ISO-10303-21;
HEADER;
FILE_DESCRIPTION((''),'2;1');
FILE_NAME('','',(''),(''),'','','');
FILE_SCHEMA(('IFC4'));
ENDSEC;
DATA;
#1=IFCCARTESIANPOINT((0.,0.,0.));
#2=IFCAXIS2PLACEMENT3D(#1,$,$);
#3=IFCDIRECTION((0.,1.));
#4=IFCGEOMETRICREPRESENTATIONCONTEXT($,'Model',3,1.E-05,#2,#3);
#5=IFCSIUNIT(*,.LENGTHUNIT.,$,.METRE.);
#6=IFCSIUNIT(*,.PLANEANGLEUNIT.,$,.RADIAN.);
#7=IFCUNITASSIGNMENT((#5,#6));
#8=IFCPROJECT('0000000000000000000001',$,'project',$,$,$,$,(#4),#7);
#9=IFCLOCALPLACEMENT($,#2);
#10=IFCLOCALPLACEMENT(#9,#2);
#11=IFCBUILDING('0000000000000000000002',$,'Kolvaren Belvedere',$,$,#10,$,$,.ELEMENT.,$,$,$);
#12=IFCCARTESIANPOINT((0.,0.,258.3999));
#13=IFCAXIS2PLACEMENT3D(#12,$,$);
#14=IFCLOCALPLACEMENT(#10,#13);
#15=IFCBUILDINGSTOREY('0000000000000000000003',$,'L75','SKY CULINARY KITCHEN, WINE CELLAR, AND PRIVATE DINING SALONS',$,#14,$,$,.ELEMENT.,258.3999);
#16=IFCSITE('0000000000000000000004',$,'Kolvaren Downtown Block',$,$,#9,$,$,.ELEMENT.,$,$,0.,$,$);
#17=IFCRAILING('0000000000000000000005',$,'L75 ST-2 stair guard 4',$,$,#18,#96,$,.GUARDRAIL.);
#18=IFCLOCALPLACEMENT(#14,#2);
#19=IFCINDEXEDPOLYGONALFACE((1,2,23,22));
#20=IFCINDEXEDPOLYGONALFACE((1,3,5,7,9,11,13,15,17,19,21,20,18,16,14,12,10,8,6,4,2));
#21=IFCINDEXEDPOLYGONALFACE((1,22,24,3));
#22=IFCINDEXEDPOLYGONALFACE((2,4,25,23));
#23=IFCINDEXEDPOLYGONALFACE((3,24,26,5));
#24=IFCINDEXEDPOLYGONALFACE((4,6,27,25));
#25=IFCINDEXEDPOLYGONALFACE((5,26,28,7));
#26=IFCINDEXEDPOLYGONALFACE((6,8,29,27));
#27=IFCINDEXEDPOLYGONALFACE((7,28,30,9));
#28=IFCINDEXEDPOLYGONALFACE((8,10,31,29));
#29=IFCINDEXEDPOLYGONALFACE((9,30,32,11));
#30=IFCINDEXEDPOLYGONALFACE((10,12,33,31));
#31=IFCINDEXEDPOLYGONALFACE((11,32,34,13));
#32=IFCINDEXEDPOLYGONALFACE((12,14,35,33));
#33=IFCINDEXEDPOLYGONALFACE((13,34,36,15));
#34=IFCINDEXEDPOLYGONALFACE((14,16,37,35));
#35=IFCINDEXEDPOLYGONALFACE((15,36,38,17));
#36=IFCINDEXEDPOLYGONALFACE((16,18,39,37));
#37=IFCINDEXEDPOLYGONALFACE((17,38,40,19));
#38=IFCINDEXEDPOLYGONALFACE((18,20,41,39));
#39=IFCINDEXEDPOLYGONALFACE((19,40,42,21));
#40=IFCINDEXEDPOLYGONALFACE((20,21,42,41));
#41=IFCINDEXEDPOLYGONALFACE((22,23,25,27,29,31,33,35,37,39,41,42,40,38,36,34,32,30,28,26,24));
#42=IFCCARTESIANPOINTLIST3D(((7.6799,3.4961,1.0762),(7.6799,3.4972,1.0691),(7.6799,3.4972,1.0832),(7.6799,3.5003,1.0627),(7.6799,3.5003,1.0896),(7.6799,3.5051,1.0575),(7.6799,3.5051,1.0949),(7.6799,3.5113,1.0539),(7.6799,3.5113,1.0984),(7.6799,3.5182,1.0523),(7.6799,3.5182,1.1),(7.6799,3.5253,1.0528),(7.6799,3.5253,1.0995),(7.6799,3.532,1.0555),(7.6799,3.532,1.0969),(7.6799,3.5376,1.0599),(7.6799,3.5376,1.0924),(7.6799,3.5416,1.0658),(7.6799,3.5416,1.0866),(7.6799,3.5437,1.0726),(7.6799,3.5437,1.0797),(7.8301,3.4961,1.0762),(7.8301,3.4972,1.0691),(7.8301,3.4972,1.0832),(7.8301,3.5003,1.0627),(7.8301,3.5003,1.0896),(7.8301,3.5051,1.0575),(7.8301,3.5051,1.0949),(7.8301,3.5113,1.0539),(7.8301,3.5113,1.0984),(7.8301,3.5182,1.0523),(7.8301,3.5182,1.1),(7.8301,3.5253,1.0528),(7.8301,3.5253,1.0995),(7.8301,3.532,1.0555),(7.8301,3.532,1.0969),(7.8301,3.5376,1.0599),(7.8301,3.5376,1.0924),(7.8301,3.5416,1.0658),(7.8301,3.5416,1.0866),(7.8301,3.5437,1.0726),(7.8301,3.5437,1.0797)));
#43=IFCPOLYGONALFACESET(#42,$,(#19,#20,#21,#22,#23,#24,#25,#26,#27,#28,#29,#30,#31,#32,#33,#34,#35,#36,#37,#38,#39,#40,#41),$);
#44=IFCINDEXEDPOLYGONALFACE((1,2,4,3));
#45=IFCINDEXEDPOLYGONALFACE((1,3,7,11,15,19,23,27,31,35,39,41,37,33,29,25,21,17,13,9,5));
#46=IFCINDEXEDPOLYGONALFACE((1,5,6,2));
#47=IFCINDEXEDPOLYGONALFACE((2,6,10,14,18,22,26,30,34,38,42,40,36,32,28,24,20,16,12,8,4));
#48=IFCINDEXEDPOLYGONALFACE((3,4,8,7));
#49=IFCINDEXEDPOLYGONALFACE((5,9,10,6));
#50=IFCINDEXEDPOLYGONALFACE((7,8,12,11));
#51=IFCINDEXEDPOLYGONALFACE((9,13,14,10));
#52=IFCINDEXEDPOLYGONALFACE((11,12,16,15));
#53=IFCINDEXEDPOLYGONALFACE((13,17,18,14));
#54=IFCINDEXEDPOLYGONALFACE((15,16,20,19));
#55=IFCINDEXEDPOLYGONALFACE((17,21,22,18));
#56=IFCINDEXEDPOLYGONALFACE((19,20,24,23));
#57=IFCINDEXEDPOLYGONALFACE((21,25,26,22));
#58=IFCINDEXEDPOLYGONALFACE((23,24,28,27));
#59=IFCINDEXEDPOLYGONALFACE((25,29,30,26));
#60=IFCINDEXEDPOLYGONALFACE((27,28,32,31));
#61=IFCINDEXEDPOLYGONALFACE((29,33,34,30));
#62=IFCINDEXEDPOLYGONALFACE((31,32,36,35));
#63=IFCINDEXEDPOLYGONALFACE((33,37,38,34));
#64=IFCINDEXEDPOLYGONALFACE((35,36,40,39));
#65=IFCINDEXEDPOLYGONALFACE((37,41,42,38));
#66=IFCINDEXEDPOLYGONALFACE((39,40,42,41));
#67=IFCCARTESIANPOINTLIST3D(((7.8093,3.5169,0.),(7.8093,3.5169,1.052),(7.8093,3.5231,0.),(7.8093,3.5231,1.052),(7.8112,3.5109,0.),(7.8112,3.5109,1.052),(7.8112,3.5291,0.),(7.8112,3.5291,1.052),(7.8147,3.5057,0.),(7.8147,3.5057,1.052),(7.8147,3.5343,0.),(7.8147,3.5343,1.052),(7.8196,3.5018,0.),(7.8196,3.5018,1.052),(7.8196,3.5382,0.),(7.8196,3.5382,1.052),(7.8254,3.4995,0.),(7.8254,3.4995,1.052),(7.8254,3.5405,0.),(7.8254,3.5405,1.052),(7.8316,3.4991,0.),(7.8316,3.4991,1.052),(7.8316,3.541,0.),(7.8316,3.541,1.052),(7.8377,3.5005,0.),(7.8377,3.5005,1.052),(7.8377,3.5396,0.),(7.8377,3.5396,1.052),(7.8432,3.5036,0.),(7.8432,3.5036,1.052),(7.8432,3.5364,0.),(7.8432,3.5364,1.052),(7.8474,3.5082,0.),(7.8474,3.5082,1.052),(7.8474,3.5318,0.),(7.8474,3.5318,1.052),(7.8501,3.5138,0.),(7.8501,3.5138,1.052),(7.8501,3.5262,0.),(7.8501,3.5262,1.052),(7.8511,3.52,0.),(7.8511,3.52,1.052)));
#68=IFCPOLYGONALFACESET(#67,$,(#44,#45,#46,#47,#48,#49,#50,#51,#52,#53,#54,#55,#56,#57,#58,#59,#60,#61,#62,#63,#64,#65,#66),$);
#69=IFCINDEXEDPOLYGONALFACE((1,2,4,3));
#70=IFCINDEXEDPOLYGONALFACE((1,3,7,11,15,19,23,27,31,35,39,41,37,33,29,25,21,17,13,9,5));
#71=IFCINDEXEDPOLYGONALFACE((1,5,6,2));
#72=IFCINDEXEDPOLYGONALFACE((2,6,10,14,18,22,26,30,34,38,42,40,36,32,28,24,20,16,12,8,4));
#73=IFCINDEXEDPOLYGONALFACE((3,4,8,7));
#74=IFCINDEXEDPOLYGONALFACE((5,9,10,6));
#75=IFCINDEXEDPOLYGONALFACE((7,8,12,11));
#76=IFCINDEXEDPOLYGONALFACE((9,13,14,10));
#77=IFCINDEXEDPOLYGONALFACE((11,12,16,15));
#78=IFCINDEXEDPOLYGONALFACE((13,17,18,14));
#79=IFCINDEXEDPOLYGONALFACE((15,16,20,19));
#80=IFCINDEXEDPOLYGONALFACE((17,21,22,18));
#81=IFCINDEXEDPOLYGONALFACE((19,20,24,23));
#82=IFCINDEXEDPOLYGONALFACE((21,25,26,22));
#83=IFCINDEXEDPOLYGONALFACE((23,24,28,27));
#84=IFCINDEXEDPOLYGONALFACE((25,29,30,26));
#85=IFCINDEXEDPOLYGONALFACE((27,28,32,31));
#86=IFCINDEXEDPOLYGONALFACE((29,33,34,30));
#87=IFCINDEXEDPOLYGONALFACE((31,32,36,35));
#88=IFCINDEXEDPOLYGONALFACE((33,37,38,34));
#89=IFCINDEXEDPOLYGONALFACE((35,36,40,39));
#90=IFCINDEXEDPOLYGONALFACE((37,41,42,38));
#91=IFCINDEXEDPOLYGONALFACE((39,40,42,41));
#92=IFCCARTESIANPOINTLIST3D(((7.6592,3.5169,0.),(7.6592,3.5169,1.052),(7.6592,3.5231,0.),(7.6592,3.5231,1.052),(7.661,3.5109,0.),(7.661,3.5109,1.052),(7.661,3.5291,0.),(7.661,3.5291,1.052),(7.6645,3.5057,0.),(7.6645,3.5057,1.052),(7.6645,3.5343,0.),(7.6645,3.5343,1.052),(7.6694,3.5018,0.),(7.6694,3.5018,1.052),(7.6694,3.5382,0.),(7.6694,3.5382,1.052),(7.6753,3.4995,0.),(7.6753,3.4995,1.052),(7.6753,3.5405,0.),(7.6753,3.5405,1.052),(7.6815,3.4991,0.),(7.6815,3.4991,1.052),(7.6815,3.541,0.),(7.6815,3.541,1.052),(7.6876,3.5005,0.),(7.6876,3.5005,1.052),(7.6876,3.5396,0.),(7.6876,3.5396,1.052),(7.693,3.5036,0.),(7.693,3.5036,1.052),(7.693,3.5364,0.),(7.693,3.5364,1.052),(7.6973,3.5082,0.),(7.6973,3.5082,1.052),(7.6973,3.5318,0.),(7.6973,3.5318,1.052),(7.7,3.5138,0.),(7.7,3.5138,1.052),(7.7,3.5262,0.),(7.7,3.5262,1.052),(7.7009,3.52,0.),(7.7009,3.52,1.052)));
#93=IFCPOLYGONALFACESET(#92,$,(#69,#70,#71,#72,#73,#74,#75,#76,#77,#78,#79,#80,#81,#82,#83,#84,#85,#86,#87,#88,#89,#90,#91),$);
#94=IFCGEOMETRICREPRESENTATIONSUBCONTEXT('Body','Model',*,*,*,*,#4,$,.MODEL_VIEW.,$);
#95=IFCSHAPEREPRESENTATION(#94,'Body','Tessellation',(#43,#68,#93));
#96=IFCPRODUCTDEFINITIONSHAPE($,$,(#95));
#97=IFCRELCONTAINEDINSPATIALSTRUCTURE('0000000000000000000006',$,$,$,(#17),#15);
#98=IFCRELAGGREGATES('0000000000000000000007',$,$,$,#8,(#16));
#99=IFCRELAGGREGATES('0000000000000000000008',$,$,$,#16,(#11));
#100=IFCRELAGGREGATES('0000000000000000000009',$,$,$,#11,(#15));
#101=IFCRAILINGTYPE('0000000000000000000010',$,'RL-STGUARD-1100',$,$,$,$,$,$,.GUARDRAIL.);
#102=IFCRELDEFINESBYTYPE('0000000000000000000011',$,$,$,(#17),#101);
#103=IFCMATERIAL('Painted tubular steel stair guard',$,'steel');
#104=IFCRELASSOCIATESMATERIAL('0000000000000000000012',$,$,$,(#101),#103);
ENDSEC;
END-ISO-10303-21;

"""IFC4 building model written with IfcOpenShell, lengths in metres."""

from ifc_helpers import new_model, si_unit, direction, frame, origin, origin_2d, place, context, subcontext, project, spatial, circle, extrude, material, type_object, element, save


model = new_model("IFC4")

# Units and contexts
model_context = context("Model", 3, precision=1e-05, world=origin(), true_north=direction((0.0, 1.0)))
body_context = subcontext(model_context, "Body", "Model", "MODEL_VIEW")
ifc_project = project(units=[si_unit("LENGTHUNIT", "METRE"), si_unit("PLANEANGLEUNIT", "RADIAN")], contexts=[model_context])

# Site, building, storey
site_placement = place(None, origin())
site = spatial("IfcSite", under=ifc_project, at=site_placement, Name="Kolvaren Downtown Block", CompositionType="ELEMENT", RefElevation=0.0)
building_placement = place(site_placement, origin())
building = spatial("IfcBuilding", under=site, at=building_placement, Name="Kolvaren Belvedere", CompositionType="ELEMENT")
storey_placement = place(building_placement, frame((0.0, 0.0, 258.3999)))
storey = spatial("IfcBuildingStorey", under=building, at=storey_placement, Name="L75", Description="SKY CULINARY KITCHEN, WINE CELLAR, AND PRIVATE DINING SALONS", CompositionType="ELEMENT", Elevation=258.3999)

# Railing
ifc_material_1 = material(Name="Painted tubular steel stair guard", Category="steel")
railing_type_1 = type_object("IfcRailingType", Name="RL-STGUARD-1100", PredefinedType="GUARDRAIL", material=ifc_material_1)
railing_1_placement = place(storey_placement, frame((7.8301, 3.52, 0.0)))
element("IfcRailing", 1, at=railing_1_placement, inside=storey, type_object=railing_type_1, Name="L75 ST-2 stair guard 4", PredefinedType="GUARDRAIL", context=body_context, shape_type="SweptSolid", body=[
    extrude(circle(Radius=0.0239, at=origin_2d()), frame((0.0, 0.0, 1.0762), z_axis=(-1.0, 0.0, 0.0), x_axis=(0.0, -1.0, 0.0)), (0.0, 0.0, 1.0), 0.1501),
    extrude(circle(Radius=0.021, at=origin_2d()), origin(), (0.0, 0.0, 1.0), 1.052),
    extrude(circle(Radius=0.021, at=origin_2d()), frame((-0.1501, 0.0, 0.0)), (0.0, 0.0, 1.0), 1.052),
])

save(model, "model.ifc")
